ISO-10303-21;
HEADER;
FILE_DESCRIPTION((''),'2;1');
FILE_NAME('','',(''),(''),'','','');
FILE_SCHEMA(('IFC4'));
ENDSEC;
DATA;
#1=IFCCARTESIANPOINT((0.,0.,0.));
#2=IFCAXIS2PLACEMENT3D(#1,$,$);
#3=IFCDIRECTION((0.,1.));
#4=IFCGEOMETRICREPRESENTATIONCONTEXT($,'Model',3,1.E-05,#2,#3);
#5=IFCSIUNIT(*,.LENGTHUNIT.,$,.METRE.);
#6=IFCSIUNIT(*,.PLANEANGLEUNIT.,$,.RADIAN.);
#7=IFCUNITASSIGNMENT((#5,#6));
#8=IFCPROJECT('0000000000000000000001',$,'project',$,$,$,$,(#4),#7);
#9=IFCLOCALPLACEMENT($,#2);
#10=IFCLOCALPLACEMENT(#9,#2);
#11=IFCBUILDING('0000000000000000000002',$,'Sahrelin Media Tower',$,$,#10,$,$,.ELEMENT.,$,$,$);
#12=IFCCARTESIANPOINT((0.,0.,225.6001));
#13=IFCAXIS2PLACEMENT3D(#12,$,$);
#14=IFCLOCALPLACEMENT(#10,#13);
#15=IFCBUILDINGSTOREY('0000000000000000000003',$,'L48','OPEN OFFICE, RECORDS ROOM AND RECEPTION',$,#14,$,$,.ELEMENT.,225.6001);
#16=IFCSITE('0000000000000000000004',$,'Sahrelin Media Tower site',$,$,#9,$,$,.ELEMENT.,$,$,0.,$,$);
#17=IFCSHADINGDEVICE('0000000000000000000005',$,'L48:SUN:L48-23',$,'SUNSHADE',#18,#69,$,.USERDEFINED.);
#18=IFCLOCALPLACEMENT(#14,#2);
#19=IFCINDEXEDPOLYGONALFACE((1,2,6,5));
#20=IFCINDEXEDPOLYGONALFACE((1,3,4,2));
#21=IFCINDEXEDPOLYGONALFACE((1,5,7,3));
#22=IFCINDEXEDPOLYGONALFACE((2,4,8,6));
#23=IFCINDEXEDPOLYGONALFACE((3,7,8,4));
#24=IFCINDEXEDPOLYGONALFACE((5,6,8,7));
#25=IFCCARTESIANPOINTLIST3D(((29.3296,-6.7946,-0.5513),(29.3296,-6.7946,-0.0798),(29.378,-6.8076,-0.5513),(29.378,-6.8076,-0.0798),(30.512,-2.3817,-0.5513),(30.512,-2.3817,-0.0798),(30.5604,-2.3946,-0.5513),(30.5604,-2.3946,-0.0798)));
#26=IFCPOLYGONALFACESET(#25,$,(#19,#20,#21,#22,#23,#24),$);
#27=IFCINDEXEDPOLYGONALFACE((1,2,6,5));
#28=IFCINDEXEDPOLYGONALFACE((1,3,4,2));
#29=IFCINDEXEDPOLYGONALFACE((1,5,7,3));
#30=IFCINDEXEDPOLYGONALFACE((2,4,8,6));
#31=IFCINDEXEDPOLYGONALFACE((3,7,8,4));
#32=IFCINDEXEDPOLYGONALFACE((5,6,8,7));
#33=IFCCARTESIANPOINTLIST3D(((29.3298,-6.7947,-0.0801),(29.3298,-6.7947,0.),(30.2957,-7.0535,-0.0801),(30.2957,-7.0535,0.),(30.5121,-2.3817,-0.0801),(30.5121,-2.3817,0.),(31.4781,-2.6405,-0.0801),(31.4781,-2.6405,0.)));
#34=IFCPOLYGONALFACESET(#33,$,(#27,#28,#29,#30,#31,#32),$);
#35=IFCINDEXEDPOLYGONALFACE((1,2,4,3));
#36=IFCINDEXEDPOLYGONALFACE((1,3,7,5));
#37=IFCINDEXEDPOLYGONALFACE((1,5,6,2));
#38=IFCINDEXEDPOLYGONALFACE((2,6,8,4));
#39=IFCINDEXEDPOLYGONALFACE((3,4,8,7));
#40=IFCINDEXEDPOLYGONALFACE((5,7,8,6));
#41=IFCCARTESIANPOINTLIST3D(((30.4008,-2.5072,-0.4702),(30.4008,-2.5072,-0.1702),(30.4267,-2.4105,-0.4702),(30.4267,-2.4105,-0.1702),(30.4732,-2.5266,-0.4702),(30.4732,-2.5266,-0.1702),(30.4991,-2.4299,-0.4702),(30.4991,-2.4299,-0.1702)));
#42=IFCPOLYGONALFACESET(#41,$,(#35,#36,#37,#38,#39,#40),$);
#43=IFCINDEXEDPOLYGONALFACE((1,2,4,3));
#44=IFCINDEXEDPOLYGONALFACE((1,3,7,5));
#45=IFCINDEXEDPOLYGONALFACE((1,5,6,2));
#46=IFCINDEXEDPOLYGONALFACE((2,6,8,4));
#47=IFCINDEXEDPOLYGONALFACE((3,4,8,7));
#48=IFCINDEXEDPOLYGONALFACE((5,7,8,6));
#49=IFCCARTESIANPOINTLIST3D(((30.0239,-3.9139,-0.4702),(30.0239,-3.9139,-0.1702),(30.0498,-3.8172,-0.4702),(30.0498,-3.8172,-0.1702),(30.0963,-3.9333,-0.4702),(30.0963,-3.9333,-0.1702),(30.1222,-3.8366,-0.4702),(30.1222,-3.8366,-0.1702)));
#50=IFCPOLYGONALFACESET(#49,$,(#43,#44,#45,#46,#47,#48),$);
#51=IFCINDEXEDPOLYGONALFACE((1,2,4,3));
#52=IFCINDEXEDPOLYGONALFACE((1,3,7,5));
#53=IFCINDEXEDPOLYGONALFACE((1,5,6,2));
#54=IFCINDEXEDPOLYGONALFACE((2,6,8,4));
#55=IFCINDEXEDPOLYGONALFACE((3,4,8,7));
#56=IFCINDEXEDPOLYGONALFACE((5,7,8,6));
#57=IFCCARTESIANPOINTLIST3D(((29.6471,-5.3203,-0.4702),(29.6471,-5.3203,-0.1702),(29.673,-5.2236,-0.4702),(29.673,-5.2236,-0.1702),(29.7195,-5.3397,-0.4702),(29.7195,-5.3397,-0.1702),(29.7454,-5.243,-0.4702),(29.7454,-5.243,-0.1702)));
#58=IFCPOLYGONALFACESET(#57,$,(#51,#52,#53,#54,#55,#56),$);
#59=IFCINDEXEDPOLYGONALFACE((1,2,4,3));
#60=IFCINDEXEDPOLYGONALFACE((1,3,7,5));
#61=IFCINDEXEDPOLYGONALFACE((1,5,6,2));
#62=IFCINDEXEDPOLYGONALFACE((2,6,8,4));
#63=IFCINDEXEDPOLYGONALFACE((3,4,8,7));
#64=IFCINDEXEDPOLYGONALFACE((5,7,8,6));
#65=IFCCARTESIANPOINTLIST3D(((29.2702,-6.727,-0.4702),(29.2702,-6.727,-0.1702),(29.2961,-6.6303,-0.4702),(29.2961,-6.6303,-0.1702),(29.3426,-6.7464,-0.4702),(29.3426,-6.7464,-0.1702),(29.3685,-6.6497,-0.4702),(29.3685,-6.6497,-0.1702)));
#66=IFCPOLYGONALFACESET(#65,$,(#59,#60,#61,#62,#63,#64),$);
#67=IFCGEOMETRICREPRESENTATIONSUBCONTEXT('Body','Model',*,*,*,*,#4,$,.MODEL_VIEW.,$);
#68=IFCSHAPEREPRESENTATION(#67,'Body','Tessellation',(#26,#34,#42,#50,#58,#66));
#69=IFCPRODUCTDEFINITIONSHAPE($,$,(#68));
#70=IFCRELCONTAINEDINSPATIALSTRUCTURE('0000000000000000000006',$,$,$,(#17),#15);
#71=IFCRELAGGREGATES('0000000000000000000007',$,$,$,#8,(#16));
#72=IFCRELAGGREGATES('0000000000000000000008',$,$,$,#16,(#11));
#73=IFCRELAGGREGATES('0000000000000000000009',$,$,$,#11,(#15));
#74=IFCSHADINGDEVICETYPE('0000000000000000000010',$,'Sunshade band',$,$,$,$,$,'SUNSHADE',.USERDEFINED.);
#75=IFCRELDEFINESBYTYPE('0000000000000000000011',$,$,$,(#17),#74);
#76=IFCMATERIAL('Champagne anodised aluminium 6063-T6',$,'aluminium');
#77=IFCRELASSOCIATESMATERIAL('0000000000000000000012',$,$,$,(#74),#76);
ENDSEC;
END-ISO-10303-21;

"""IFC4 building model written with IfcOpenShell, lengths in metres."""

from ifc_helpers import new_model, si_unit, direction, frame, origin, origin_2d, place, context, subcontext, project, spatial, rectangle, extrude, material, type_object, element, save


model = new_model("IFC4")

# Units and contexts
model_context = context("Model", 3, precision=1e-05, world=origin(), true_north=direction((0.0, 1.0)))
body_context = subcontext(model_context, "Body", "Model", "MODEL_VIEW")
ifc_project = project(units=[si_unit("LENGTHUNIT", "METRE"), si_unit("PLANEANGLEUNIT", "RADIAN")], contexts=[model_context])

# Site, building, storey
site_placement = place(None, origin())
site = spatial("IfcSite", under=ifc_project, at=site_placement, Name="Sahrelin Media Tower site", CompositionType="ELEMENT", RefElevation=0.0)
building_placement = place(site_placement, origin())
building = spatial("IfcBuilding", under=site, at=building_placement, Name="Sahrelin Media Tower", CompositionType="ELEMENT")
storey_placement = place(building_placement, frame((0.0, 0.0, 225.6001)))
storey = spatial("IfcBuildingStorey", under=building, at=storey_placement, Name="L48", Description="OPEN OFFICE, RECORDS ROOM AND RECEPTION", CompositionType="ELEMENT", Elevation=225.6001)

# Shared definitions
ifc_material_1 = material(Name="Champagne anodised aluminium 6063-T6", Category="aluminium")

# Shading device
placement_1 = place(storey_placement, frame((29.9016, -4.583, 0.0), z_axis=(0.0, 0.0, 1.0), x_axis=(-0.258808, -0.965929, 0.0)))
shading_device_type_1 = type_object("IfcShadingDeviceType", Name="Sunshade band", ElementType="SUNSHADE", PredefinedType="USERDEFINED", material=ifc_material_1)
element("IfcShadingDevice", 1, at=placement_1, inside=storey, type_object=shading_device_type_1, Name="L48:SUN:L48-23", ObjectType="SUNSHADE", PredefinedType="USERDEFINED", context=body_context, shape_type="SweptSolid", body=[
    extrude(rectangle(XDim=4.5686, YDim=0.05, at=origin_2d()), frame((0.0, 0.0449, -0.5513)), (0.0, 0.0, 1.0), 0.4714),
    extrude(rectangle(XDim=4.5686, YDim=1.0, at=origin_2d()), frame((0.0, 0.52, -0.0801)), (0.0, 0.0, 1.0), 0.0801),
    extrude(rectangle(XDim=0.1001, YDim=0.075, at=origin_2d()), frame((-2.1843, -0.0176, -0.4702)), (0.0, 0.0, 1.0), 0.3),
    extrude(rectangle(XDim=0.1001, YDim=0.075, at=origin_2d()), frame((-0.728, -0.0176, -0.4702)), (0.0, 0.0, 1.0), 0.3),
    extrude(rectangle(XDim=0.1001, YDim=0.075, at=origin_2d()), frame((0.728, -0.0176, -0.4702)), (0.0, 0.0, 1.0), 0.3),
    extrude(rectangle(XDim=0.1001, YDim=0.075, at=origin_2d()), frame((2.1843, -0.0176, -0.4702)), (0.0, 0.0, 1.0), 0.3),
])

save(model, "model.ifc")
